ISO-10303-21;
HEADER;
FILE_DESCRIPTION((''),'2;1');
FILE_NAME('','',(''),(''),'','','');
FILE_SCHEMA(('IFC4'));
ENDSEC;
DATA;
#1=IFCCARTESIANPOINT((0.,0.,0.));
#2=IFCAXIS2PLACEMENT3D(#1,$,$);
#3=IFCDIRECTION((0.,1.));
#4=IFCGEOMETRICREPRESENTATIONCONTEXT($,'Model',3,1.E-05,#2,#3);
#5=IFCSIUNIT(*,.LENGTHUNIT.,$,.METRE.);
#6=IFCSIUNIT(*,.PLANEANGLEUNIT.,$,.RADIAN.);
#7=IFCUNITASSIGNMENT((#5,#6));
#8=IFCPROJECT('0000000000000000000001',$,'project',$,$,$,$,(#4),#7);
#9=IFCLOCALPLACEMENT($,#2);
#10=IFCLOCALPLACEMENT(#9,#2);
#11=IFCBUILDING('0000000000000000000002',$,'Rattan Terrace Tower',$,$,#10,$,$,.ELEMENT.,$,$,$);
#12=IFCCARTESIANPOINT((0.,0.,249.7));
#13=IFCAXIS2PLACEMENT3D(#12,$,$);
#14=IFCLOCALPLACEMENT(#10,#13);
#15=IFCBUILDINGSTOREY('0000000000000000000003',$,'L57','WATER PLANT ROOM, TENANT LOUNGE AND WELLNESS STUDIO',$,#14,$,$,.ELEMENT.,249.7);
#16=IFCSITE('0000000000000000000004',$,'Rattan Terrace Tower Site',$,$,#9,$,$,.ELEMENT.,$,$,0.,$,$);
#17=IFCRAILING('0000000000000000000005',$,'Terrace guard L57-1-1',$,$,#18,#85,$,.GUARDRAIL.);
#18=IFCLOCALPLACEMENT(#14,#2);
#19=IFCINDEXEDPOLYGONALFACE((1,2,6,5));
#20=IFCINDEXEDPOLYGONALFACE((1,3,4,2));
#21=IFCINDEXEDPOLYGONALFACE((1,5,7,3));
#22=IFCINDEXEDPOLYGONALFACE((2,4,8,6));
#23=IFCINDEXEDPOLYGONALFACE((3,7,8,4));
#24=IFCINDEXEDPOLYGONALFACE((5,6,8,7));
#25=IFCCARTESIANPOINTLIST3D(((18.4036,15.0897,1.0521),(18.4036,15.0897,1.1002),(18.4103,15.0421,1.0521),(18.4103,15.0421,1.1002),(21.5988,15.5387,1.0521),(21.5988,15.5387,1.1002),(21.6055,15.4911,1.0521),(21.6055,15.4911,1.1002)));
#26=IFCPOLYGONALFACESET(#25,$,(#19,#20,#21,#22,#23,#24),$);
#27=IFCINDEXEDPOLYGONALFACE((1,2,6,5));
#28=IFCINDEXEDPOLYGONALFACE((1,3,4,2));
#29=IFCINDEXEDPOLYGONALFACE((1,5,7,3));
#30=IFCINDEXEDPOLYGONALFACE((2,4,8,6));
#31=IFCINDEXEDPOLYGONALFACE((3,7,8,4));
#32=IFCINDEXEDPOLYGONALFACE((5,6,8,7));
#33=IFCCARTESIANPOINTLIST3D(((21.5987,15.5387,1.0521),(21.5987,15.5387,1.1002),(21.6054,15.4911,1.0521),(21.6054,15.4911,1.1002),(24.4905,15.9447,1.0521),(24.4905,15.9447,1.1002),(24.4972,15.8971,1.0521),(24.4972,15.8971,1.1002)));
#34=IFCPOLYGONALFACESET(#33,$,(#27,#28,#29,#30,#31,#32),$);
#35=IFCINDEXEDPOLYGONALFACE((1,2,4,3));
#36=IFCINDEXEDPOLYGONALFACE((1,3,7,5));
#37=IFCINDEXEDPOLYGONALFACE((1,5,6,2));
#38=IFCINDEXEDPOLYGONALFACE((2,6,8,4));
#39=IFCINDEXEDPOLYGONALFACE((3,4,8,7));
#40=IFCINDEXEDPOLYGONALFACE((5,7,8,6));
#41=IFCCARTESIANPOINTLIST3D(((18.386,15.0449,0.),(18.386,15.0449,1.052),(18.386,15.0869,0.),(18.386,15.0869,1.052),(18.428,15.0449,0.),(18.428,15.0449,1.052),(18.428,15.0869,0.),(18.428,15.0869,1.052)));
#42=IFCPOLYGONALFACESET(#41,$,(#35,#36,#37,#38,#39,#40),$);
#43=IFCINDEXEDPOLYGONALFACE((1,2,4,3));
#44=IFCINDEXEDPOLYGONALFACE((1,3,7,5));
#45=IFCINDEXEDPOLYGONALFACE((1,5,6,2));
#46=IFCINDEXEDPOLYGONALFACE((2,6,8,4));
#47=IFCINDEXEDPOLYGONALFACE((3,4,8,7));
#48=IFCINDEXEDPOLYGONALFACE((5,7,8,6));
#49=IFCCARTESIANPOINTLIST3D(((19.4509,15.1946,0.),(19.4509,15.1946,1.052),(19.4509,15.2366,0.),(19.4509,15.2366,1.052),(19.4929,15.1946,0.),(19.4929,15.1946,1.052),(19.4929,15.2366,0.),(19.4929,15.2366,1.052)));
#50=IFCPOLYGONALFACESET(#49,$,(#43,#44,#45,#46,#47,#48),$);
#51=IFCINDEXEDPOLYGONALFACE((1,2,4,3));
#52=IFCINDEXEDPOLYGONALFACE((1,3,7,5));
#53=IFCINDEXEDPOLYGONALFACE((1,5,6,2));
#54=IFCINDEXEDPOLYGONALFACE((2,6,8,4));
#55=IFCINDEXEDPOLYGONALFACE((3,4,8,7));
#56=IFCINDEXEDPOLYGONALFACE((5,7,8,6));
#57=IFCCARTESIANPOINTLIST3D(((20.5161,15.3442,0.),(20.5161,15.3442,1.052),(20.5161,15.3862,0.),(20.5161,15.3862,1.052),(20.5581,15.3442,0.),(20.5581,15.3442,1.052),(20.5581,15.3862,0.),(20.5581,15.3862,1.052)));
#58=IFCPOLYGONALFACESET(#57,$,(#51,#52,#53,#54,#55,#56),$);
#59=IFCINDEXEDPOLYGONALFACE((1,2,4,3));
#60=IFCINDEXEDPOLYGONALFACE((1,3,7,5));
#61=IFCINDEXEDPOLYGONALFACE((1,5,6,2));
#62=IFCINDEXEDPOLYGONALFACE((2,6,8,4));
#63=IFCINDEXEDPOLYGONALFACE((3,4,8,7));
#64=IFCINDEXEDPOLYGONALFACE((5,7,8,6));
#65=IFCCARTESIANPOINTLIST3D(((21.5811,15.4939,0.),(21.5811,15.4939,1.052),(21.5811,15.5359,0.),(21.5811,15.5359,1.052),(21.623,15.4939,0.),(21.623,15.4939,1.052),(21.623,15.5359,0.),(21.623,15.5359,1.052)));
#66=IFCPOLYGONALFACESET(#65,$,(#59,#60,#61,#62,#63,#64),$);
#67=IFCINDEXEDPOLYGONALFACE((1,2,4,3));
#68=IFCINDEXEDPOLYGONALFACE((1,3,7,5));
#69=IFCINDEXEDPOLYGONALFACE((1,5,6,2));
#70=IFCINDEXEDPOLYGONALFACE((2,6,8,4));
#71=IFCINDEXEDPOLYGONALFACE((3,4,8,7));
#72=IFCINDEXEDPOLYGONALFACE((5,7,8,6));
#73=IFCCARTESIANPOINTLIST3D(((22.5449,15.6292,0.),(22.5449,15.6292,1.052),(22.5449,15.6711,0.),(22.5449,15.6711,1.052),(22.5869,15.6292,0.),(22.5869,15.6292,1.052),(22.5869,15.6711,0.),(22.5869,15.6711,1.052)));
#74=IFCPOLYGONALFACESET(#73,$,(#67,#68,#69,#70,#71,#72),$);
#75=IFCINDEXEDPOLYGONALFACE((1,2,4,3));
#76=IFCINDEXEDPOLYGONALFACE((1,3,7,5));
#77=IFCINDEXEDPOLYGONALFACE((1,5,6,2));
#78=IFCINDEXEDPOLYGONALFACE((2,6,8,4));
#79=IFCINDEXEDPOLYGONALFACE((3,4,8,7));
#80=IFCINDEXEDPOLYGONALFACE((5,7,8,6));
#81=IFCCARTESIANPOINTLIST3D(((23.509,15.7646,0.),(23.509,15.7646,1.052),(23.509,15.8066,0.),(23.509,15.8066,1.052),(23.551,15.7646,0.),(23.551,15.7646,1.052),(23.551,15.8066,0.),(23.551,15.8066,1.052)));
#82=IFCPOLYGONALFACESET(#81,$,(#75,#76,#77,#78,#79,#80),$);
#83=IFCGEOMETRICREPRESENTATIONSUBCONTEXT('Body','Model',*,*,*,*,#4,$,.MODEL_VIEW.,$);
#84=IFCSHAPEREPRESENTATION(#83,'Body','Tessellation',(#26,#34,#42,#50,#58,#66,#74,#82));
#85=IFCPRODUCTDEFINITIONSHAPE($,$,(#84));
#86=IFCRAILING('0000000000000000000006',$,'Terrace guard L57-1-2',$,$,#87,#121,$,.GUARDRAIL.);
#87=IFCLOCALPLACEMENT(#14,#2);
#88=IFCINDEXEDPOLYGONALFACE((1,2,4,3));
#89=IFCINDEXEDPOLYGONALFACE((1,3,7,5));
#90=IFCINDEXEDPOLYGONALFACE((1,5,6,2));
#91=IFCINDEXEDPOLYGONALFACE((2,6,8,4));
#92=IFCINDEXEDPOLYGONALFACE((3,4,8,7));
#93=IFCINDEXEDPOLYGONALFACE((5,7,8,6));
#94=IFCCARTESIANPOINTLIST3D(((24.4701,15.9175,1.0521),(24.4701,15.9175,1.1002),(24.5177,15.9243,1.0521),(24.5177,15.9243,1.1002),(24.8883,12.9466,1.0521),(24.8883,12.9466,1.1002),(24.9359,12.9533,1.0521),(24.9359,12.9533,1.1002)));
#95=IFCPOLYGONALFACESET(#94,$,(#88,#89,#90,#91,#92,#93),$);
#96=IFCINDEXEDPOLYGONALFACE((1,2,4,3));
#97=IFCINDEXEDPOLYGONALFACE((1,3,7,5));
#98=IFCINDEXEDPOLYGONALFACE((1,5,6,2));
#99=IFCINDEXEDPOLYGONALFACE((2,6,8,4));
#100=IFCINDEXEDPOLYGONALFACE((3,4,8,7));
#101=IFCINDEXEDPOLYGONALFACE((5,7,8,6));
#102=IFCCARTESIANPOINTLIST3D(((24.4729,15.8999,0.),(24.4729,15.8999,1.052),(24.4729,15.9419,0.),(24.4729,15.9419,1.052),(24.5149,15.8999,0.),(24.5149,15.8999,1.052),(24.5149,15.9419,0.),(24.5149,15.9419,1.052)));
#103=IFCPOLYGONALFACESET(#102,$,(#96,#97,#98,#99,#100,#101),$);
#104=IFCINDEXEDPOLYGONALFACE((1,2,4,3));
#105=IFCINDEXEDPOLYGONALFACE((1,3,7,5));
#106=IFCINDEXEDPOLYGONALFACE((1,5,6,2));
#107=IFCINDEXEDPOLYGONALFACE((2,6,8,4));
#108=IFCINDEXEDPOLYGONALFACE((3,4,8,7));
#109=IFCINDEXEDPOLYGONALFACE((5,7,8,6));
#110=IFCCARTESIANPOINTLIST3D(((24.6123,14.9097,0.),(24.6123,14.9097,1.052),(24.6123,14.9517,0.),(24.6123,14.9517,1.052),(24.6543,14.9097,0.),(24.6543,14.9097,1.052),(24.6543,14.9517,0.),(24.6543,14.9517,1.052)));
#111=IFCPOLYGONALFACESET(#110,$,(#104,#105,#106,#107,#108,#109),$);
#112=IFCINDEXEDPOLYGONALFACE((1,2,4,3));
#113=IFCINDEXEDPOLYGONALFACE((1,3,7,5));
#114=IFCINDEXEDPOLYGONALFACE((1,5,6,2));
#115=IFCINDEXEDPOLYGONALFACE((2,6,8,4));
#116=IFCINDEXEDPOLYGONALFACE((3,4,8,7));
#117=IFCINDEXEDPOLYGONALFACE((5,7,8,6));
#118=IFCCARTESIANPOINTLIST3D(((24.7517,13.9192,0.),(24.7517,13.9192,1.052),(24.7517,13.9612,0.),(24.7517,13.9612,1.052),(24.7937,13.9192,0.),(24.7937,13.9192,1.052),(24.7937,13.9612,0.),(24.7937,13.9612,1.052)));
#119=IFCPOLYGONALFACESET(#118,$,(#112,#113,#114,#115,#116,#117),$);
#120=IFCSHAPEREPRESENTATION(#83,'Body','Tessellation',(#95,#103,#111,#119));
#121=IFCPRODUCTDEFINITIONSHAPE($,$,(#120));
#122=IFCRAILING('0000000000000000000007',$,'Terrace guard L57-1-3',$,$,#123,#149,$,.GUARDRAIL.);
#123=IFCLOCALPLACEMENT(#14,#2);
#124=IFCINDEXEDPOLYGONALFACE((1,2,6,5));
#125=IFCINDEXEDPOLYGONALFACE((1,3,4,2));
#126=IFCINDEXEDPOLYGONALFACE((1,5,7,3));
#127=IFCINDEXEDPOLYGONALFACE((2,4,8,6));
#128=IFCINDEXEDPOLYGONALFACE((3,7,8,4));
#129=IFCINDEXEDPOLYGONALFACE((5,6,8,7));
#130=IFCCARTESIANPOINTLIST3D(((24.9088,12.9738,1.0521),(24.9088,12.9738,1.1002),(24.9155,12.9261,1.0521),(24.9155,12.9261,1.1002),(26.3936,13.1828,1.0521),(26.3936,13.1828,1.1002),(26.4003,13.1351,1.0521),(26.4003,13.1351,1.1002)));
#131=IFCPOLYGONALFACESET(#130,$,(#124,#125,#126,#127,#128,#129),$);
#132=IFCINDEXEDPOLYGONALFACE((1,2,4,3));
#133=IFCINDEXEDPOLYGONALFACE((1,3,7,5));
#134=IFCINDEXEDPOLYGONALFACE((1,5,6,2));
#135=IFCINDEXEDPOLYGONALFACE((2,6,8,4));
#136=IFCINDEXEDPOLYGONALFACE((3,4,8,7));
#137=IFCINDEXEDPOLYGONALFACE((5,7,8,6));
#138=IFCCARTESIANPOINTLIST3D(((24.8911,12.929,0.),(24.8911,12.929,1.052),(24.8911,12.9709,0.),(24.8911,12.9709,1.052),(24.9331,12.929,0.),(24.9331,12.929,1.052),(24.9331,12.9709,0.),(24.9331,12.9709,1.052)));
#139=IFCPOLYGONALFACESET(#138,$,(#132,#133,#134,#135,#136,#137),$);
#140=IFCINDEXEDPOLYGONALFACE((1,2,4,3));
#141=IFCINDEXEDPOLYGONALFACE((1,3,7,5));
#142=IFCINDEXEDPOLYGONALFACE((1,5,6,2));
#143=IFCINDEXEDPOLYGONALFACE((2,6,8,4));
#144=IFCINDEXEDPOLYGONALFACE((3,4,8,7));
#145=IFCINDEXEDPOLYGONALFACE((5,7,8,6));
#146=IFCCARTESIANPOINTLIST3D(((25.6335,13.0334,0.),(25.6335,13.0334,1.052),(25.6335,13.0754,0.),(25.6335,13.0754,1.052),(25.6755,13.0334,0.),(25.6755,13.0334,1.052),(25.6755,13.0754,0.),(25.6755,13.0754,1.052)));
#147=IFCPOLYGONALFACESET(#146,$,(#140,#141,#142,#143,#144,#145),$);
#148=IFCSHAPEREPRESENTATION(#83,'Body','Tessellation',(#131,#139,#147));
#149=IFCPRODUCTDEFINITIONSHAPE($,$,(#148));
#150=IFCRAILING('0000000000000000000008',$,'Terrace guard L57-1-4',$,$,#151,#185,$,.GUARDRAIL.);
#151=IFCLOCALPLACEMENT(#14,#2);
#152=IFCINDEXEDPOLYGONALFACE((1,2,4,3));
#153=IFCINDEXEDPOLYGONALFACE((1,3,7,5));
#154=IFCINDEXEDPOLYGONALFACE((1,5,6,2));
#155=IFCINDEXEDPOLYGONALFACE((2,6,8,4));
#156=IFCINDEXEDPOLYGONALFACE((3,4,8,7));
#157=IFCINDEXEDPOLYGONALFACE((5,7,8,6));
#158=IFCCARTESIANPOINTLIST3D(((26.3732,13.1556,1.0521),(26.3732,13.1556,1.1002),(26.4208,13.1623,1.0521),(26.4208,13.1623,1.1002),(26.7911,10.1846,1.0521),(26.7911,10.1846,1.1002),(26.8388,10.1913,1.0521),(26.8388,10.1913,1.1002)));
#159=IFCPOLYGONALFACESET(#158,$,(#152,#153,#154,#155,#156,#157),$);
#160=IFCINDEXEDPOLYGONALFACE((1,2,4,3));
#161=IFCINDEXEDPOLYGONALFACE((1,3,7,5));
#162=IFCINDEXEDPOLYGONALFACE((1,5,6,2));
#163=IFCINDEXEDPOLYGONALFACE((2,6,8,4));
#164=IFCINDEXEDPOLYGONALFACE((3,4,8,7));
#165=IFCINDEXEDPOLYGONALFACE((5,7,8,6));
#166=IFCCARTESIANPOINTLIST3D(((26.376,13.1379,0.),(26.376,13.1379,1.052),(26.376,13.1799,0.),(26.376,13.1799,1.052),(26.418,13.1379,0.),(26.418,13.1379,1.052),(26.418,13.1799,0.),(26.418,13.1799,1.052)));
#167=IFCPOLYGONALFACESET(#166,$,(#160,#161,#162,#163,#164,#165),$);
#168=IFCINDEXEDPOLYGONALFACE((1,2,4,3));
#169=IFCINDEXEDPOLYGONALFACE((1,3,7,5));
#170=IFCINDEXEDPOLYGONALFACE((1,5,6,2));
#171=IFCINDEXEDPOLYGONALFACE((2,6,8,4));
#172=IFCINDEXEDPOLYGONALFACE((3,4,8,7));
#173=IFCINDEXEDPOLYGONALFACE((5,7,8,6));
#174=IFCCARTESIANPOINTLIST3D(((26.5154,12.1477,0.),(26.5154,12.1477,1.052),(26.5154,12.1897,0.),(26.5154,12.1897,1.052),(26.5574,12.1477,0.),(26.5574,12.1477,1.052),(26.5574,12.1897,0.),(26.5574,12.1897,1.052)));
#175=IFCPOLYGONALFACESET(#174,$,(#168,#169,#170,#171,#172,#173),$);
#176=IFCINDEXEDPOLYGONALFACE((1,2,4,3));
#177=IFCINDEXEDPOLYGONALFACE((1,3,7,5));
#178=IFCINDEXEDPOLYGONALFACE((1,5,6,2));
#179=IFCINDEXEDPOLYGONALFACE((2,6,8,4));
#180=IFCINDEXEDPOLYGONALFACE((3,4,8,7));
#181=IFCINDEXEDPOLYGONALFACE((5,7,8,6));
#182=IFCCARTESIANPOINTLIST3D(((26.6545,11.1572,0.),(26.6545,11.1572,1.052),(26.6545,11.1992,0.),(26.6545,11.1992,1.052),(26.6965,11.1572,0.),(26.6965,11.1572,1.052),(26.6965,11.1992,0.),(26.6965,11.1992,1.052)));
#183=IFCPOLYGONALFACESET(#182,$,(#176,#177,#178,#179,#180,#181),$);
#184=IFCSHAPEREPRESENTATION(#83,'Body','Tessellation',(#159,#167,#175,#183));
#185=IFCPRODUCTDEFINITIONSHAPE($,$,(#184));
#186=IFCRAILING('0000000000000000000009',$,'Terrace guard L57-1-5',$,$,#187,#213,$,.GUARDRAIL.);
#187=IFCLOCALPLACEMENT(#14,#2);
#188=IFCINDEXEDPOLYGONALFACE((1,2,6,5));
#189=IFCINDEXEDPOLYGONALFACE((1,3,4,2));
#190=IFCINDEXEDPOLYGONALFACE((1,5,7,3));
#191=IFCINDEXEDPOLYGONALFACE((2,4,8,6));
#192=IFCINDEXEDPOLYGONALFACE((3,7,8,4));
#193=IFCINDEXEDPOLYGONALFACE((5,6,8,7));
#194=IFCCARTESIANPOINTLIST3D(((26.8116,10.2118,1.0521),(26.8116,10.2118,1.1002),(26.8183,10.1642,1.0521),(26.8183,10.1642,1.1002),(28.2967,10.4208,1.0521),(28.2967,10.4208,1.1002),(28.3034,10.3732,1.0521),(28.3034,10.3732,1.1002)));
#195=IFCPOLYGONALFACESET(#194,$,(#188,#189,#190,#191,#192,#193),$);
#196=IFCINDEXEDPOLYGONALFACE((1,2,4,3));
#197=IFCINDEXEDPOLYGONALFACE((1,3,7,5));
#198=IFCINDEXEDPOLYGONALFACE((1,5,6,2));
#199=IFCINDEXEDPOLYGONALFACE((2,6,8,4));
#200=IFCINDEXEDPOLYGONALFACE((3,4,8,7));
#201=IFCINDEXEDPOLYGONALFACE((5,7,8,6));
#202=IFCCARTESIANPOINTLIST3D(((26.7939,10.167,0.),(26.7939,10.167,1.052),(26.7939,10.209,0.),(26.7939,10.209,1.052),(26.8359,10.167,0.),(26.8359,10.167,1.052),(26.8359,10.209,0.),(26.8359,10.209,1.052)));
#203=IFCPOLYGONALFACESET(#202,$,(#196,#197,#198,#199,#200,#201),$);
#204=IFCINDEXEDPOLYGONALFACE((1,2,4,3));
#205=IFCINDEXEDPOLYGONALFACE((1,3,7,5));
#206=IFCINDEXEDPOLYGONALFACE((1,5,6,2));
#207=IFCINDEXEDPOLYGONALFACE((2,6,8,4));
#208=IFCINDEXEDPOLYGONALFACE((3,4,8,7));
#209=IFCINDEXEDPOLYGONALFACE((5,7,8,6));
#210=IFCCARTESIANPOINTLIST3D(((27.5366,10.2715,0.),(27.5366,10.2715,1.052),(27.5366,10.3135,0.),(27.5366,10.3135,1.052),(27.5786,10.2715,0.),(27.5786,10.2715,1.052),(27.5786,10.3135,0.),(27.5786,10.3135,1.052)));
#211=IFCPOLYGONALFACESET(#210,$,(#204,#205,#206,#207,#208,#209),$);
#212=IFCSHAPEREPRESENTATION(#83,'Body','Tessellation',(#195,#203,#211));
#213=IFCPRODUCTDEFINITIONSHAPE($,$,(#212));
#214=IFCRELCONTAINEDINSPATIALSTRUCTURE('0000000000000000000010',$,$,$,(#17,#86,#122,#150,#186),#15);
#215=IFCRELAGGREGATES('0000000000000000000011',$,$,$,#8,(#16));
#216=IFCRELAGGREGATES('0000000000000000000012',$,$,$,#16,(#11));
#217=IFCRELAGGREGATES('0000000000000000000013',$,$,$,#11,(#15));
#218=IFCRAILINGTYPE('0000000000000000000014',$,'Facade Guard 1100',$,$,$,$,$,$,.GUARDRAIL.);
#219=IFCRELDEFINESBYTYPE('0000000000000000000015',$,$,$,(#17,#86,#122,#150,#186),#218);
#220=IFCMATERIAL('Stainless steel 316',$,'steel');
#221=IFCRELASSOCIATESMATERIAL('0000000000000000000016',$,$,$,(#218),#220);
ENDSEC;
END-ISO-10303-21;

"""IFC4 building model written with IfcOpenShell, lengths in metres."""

from ifc_helpers import new_model, si_unit, direction, frame, origin, origin_2d, place, context, subcontext, project, spatial, rectangle, extrude, material, type_object, element, save


model = new_model("IFC4")

# Units and contexts
model_context = context("Model", 3, precision=1e-05, world=origin(), true_north=direction((0.0, 1.0)))
body_context = subcontext(model_context, "Body", "Model", "MODEL_VIEW")
ifc_project = project(units=[si_unit("LENGTHUNIT", "METRE"), si_unit("PLANEANGLEUNIT", "RADIAN")], contexts=[model_context])

# Site, building, storey
site_placement = place(None, origin())
site = spatial("IfcSite", under=ifc_project, at=site_placement, Name="Rattan Terrace Tower Site", CompositionType="ELEMENT", RefElevation=0.0)
building_placement = place(site_placement, origin())
building = spatial("IfcBuilding", under=site, at=building_placement, Name="Rattan Terrace Tower", CompositionType="ELEMENT")
storey_placement = place(building_placement, frame((0.0, 0.0, 249.7)))
storey = spatial("IfcBuildingStorey", under=building, at=storey_placement, Name="L57", Description="WATER PLANT ROOM, TENANT LOUNGE AND WELLNESS STUDIO", CompositionType="ELEMENT", Elevation=249.7)

# Railings
ifc_material_1 = material(Name="Stainless steel 316", Category="steel")
railing_type = type_object("IfcRailingType", Name="Facade Guard 1100", PredefinedType="GUARDRAIL", material=ifc_material_1)
railing_1_placement = place(storey_placement, frame((18.407, 15.0659, 0.0)))
element("IfcRailing", 1, at=railing_1_placement, inside=storey, type_object=railing_type, Name="Terrace guard L57-1-1", PredefinedType="GUARDRAIL", context=body_context, shape_type="SweptSolid", body=[
    extrude(rectangle(XDim=0.0481, YDim=0.0481, at=origin_2d()), frame((0.0, 0.0, 1.0762), z_axis=(0.990271, 0.139154, 0.0), x_axis=(-0.139154, 0.990271, 0.0)), (0.0, 0.0, 1.0), 3.2266),
    extrude(rectangle(XDim=0.0481, YDim=0.0481, at=origin_2d()), frame((3.1951, 0.449, 1.0762), z_axis=(0.990288, 0.139033, 0.0), x_axis=(-0.139033, 0.990288, 0.0)), (0.0, 0.0, 1.0), 2.9202),
    extrude(rectangle(XDim=0.042, YDim=0.042, at=origin_2d()), origin(), (0.0, 0.0, 1.0), 1.052),
    extrude(rectangle(XDim=0.042, YDim=0.042, at=origin_2d()), frame((1.0649, 0.1497, 0.0)), (0.0, 0.0, 1.0), 1.052),
    extrude(rectangle(XDim=0.042, YDim=0.042, at=origin_2d()), frame((2.1301, 0.2993, 0.0)), (0.0, 0.0, 1.0), 1.052),
    extrude(rectangle(XDim=0.042, YDim=0.042, at=origin_2d()), frame((3.1951, 0.449, 0.0)), (0.0, 0.0, 1.0), 1.052),
    extrude(rectangle(XDim=0.042, YDim=0.042, at=origin_2d()), frame((4.1589, 0.5842, 0.0)), (0.0, 0.0, 1.0), 1.052),
    extrude(rectangle(XDim=0.042, YDim=0.042, at=origin_2d()), frame((5.123, 0.7197, 0.0)), (0.0, 0.0, 1.0), 1.052),
])
railing_2_placement = place(storey_placement, frame((24.4939, 15.9209, 0.0)))
element("IfcRailing", 2, at=railing_2_placement, inside=storey, type_object=railing_type, Name="Terrace guard L57-1-2", PredefinedType="GUARDRAIL", context=body_context, shape_type="SweptSolid", body=[
    extrude(rectangle(XDim=0.0481, YDim=0.0481, at=origin_2d()), frame((0.0, 0.0, 1.0762), z_axis=(0.139393, -0.990237, 0.0), x_axis=(0.990237, 0.139393, 0.0)), (0.0, 0.0, 1.0), 3.0002),
    extrude(rectangle(XDim=0.042, YDim=0.042, at=origin_2d()), origin(), (0.0, 0.0, 1.0), 1.052),
    extrude(rectangle(XDim=0.042, YDim=0.042, at=origin_2d()), frame((0.1394, -0.9902, 0.0)), (0.0, 0.0, 1.0), 1.052),
    extrude(rectangle(XDim=0.042, YDim=0.042, at=origin_2d()), frame((0.2788, -1.9807, 0.0)), (0.0, 0.0, 1.0), 1.052),
])
railing_3_placement = place(storey_placement, frame((24.9121, 12.95, 0.0)))
element("IfcRailing", 3, at=railing_3_placement, inside=storey, type_object=railing_type, Name="Terrace guard L57-1-3", PredefinedType="GUARDRAIL", context=body_context, shape_type="SweptSolid", body=[
    extrude(rectangle(XDim=0.0481, YDim=0.0481, at=origin_2d()), frame((0.0, 0.0, 1.0762), z_axis=(0.99024, 0.13937, 0.0), x_axis=(-0.13937, 0.99024, 0.0)), (0.0, 0.0, 1.0), 1.4995),
    extrude(rectangle(XDim=0.042, YDim=0.042, at=origin_2d()), origin(), (0.0, 0.0, 1.0), 1.052),
    extrude(rectangle(XDim=0.042, YDim=0.042, at=origin_2d()), frame((0.7424, 0.1045, 0.0)), (0.0, 0.0, 1.0), 1.052),
])
railing_4_placement = place(storey_placement, frame((26.397, 13.1589, 0.0)))
element("IfcRailing", 4, at=railing_4_placement, inside=storey, type_object=railing_type, Name="Terrace guard L57-1-4", PredefinedType="GUARDRAIL", context=body_context, shape_type="SweptSolid", body=[
    extrude(rectangle(XDim=0.0481, YDim=0.0481, at=origin_2d()), frame((0.0, 0.0, 1.0762), z_axis=(0.139313, -0.990248, 0.0), x_axis=(0.990248, 0.139313, 0.0)), (0.0, 0.0, 1.0), 3.0002),
    extrude(rectangle(XDim=0.042, YDim=0.042, at=origin_2d()), origin(), (0.0, 0.0, 1.0), 1.052),
    extrude(rectangle(XDim=0.042, YDim=0.042, at=origin_2d()), frame((0.1394, -0.9902, 0.0)), (0.0, 0.0, 1.0), 1.052),
    extrude(rectangle(XDim=0.042, YDim=0.042, at=origin_2d()), frame((0.2786, -1.9807, 0.0)), (0.0, 0.0, 1.0), 1.052),
])
railing_5_placement = place(storey_placement, frame((26.8149, 10.188, 0.0)))
element("IfcRailing", 5, at=railing_5_placement, inside=storey, type_object=railing_type, Name="Terrace guard L57-1-5", PredefinedType="GUARDRAIL", context=body_context, shape_type="SweptSolid", body=[
    extrude(rectangle(XDim=0.0481, YDim=0.0481, at=origin_2d()), frame((0.0, 0.0, 1.0762), z_axis=(0.990244, 0.139347, 0.0), x_axis=(-0.139347, 0.990244, 0.0)), (0.0, 0.0, 1.0), 1.4998),
    extrude(rectangle(XDim=0.042, YDim=0.042, at=origin_2d()), origin(), (0.0, 0.0, 1.0), 1.052),
    extrude(rectangle(XDim=0.042, YDim=0.042, at=origin_2d()), frame((0.7427, 0.1045, 0.0)), (0.0, 0.0, 1.0), 1.052),
])

save(model, "model.ifc")
